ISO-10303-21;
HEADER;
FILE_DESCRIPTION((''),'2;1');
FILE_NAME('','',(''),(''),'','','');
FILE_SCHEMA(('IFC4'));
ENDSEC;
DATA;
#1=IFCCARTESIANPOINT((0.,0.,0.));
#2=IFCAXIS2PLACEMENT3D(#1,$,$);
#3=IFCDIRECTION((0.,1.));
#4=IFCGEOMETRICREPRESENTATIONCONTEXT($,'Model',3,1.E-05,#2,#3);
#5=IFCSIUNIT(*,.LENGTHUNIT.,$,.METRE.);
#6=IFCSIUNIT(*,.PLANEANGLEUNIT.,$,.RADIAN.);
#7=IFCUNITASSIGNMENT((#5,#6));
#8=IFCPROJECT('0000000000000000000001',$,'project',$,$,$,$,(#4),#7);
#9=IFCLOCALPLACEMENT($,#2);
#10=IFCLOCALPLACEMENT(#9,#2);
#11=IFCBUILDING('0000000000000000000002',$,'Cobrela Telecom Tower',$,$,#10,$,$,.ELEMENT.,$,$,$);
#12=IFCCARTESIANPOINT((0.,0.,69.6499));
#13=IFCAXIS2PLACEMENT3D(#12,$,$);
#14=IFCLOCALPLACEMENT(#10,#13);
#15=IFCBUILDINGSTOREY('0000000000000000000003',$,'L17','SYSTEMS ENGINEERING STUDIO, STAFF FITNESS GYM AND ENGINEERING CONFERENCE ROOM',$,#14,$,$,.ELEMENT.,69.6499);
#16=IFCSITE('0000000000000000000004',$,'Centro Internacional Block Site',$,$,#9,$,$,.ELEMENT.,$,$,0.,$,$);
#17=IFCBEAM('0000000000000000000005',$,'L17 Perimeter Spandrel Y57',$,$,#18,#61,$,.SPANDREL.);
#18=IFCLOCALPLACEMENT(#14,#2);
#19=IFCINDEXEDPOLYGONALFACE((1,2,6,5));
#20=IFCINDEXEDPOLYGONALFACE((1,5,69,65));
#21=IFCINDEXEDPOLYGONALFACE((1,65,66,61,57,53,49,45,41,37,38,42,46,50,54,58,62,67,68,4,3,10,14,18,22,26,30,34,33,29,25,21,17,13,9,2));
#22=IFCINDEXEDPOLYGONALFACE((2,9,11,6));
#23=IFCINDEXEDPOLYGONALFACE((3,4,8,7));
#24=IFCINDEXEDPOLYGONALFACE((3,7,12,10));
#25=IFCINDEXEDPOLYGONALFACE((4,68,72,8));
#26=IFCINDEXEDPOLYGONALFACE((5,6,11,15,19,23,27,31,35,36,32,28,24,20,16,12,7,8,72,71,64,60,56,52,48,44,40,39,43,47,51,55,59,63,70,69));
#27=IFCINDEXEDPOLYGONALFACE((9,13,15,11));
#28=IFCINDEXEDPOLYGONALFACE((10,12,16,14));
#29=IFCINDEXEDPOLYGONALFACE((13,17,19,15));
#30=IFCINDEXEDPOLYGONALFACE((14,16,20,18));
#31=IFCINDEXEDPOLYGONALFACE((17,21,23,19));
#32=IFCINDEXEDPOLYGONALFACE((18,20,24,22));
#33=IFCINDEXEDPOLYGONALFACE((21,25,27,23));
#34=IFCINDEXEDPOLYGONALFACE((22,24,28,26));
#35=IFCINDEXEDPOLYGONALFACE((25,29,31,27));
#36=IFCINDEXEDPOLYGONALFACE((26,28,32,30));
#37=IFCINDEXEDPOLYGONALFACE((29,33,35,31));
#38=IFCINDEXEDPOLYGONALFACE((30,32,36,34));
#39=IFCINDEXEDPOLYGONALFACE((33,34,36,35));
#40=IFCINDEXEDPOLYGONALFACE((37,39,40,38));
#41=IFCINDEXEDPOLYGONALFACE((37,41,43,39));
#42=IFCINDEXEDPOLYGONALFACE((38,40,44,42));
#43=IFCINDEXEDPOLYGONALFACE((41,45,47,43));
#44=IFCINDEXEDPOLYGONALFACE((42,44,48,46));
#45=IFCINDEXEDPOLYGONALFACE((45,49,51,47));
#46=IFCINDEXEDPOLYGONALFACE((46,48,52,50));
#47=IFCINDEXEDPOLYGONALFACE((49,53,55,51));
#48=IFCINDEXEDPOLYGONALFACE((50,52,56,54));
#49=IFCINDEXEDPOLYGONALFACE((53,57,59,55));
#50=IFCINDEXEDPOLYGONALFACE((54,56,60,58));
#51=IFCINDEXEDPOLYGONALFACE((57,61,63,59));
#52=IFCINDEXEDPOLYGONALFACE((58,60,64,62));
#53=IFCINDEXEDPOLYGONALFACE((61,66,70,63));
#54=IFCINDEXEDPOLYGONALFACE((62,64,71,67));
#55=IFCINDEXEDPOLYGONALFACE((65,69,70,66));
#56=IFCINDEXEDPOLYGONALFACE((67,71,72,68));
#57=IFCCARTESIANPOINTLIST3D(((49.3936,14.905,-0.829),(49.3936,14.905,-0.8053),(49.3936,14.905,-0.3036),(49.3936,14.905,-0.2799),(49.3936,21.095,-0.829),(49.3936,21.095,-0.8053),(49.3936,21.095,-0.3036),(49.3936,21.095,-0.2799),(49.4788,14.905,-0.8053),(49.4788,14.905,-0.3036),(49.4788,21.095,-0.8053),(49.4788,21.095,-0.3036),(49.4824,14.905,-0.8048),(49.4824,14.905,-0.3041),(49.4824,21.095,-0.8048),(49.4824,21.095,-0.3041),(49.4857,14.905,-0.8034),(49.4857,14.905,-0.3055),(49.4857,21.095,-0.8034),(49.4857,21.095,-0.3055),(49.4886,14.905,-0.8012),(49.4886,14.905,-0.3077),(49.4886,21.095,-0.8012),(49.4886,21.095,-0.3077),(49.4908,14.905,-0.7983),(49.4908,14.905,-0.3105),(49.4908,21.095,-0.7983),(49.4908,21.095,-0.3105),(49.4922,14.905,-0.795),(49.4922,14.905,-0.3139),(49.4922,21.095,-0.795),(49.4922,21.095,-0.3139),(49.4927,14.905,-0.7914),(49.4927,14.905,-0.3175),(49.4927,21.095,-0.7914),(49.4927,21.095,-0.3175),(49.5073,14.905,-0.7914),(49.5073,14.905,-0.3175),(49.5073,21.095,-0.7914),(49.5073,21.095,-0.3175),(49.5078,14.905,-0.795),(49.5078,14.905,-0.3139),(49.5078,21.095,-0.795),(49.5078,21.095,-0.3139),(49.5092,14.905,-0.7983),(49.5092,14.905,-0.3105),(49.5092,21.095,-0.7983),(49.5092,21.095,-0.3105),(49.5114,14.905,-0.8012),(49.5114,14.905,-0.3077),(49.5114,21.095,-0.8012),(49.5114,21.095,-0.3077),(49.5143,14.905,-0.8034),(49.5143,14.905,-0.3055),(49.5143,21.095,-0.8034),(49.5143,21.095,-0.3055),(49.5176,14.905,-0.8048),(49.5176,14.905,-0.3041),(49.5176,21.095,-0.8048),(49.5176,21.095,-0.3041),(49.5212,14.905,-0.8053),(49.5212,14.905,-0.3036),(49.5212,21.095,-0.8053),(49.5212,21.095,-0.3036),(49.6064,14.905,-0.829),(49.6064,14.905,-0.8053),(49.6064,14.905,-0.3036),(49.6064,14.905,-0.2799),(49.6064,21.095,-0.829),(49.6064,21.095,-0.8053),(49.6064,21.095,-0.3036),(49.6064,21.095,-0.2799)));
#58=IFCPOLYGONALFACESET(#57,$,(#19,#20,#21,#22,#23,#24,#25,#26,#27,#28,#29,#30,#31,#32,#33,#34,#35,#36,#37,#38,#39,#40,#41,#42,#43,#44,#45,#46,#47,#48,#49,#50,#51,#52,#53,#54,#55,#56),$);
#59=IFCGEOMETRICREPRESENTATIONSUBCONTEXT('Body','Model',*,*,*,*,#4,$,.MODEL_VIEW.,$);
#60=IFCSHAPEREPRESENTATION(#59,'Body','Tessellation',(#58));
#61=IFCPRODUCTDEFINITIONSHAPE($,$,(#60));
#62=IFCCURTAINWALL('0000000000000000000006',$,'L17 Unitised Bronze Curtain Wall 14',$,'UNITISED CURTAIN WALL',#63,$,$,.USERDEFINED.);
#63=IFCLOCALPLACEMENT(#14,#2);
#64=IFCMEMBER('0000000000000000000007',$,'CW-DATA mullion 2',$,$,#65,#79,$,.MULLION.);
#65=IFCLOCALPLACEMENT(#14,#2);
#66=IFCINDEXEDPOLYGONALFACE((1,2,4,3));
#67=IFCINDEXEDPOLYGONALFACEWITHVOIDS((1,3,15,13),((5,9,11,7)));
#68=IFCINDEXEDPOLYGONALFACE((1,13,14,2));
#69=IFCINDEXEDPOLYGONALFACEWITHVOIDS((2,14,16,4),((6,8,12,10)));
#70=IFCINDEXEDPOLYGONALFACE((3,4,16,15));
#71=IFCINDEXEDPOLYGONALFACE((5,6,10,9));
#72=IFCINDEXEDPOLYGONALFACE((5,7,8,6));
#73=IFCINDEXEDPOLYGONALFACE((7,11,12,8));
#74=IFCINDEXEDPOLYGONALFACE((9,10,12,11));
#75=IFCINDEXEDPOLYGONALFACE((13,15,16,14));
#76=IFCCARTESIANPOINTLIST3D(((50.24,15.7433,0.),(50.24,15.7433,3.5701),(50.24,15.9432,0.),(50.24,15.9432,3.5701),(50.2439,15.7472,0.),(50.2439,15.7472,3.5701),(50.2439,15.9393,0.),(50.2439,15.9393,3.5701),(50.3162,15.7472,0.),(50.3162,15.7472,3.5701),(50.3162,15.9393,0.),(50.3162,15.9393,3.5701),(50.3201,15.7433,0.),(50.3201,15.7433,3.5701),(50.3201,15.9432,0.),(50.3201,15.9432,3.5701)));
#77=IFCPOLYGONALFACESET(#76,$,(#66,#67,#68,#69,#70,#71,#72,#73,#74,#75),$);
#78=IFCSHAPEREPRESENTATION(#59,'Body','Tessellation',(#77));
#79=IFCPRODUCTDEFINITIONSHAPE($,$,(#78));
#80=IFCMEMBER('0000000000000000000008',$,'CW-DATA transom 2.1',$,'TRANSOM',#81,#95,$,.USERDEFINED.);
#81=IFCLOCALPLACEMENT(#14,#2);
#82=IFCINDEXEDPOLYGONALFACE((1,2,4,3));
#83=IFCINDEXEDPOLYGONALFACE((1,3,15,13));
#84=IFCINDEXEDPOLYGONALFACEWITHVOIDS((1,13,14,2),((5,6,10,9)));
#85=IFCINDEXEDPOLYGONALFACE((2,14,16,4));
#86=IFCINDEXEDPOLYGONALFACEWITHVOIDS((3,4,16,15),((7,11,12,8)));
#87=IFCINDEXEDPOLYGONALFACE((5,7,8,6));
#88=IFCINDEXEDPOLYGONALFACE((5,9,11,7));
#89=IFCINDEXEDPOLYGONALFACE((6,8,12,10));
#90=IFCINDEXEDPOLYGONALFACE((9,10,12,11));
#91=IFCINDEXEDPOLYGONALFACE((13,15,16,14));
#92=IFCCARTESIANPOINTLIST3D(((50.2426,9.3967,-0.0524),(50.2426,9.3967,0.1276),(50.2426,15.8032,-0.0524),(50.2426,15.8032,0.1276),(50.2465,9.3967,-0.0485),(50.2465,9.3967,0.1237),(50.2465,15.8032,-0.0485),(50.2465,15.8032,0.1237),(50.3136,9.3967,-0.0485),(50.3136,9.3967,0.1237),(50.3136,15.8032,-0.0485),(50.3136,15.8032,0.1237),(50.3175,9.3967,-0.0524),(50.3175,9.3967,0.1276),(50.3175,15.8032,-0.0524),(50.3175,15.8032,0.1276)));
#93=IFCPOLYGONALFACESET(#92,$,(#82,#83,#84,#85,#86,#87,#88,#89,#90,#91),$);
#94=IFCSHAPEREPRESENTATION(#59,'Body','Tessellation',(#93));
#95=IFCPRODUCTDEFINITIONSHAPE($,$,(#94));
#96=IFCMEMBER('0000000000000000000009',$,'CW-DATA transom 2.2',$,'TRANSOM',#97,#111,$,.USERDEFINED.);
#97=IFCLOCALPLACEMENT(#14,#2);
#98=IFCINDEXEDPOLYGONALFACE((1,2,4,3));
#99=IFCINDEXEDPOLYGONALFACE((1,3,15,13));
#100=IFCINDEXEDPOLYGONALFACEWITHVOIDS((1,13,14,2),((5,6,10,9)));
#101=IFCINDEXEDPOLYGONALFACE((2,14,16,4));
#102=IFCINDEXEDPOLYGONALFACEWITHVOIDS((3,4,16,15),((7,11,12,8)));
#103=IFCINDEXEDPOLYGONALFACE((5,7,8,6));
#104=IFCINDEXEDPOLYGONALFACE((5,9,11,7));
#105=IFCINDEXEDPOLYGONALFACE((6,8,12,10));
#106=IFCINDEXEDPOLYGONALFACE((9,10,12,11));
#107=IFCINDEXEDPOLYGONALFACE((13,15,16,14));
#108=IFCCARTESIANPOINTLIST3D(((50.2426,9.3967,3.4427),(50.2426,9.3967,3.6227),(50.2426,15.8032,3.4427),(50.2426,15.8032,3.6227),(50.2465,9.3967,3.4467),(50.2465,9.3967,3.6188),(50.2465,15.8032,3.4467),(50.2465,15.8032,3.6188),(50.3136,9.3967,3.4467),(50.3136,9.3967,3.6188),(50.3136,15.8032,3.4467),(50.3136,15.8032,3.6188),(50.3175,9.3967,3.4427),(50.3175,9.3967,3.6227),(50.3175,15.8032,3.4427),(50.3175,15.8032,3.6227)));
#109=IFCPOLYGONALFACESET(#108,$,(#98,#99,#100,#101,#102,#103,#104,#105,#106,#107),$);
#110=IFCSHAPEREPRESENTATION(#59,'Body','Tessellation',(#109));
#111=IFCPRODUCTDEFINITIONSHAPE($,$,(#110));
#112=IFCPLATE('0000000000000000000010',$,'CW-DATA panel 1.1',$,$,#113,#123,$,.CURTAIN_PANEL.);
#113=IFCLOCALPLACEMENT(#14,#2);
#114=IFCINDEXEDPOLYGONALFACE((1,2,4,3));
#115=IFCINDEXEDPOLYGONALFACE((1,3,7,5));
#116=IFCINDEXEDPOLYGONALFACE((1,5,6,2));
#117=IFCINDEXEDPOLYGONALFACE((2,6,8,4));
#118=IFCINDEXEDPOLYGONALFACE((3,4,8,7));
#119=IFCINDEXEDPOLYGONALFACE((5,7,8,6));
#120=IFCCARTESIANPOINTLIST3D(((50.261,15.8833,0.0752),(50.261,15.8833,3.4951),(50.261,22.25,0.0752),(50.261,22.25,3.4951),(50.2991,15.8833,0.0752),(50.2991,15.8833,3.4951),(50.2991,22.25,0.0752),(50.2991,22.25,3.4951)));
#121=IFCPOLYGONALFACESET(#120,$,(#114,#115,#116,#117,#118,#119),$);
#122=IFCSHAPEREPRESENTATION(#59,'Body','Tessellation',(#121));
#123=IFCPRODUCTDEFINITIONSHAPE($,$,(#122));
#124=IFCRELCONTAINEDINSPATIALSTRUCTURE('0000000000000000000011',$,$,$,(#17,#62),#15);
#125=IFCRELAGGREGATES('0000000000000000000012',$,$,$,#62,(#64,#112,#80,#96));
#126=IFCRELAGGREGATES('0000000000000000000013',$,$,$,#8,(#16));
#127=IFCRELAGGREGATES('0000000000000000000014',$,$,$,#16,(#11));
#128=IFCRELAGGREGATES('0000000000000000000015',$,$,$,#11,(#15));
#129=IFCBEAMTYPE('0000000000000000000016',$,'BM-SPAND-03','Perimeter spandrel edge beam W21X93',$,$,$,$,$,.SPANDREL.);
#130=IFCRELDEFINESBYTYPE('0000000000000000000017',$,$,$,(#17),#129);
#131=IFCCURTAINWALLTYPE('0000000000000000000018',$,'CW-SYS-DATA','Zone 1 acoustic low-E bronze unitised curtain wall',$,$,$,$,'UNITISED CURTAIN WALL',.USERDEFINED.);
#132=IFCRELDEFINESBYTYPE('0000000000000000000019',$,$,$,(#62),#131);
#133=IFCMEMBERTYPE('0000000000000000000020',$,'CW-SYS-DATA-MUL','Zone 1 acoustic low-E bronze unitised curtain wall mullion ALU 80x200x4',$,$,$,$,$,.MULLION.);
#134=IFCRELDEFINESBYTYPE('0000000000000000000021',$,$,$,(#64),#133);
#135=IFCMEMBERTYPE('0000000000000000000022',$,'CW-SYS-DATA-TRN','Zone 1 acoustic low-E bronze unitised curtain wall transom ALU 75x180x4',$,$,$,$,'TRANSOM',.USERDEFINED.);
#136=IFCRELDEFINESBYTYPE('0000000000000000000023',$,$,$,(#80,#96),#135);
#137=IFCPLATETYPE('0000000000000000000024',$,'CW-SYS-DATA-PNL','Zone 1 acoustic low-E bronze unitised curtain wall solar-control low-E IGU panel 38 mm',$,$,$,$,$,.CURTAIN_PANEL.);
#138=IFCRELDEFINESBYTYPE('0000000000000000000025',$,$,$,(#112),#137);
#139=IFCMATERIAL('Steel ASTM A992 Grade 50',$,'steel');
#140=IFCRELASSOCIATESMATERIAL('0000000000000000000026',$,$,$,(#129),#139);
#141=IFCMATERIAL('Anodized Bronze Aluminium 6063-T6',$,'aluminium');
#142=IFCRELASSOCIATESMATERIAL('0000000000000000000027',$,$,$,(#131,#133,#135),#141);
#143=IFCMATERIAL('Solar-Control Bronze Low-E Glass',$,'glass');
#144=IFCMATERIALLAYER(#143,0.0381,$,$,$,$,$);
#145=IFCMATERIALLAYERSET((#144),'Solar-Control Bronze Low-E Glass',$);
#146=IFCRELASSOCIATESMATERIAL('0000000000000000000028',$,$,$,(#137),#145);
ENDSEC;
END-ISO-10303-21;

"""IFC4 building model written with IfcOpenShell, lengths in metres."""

from ifc_helpers import new_model, si_unit, direction, frame, origin, origin_2d, place, context, subcontext, project, spatial, rectangle, hollow_rectangle, i_section, extrude, material, layer, layer_set, material_profile, profile_set, type_object, element, aggregate, save


model = new_model("IFC4")

# Units and contexts
model_context = context("Model", 3, precision=1e-05, world=origin(), true_north=direction((0.0, 1.0)))
body_context = subcontext(model_context, "Body", "Model", "MODEL_VIEW")
ifc_project = project(units=[si_unit("LENGTHUNIT", "METRE"), si_unit("PLANEANGLEUNIT", "RADIAN")], contexts=[model_context])

# Site, building, storey
site_placement = place(None, origin())
site = spatial("IfcSite", under=ifc_project, at=site_placement, Name="Centro Internacional Block Site", CompositionType="ELEMENT", RefElevation=0.0)
building_placement = place(site_placement, origin())
building = spatial("IfcBuilding", under=site, at=building_placement, Name="Cobrela Telecom Tower", CompositionType="ELEMENT")
storey_placement = place(building_placement, frame((0.0, 0.0, 69.6499)))
storey = spatial("IfcBuildingStorey", under=building, at=storey_placement, Name="L17", Description="SYSTEMS ENGINEERING STUDIO, STAFF FITNESS GYM AND ENGINEERING CONFERENCE ROOM", CompositionType="ELEMENT", Elevation=69.6499)

# Shared definitions
ifc_material_1 = material(Name="Steel ASTM A992 Grade 50", Category="steel")

# Beam
ifc_material_profile_1 = material_profile(ifc_material_1, i_section(OverallWidth=0.2129, OverallDepth=0.5491, WebThickness=0.0146, FlangeThickness=0.0237, FilletRadius=0.0139, at=origin_2d()), Name="W21X93")
ifc_profile_set_1 = profile_set([ifc_material_profile_1], Name="Steel ASTM A992 Grade 50")
beam_type_1 = type_object("IfcBeamType", Name="BM-SPAND-03", Description="Perimeter spandrel edge beam W21X93", PredefinedType="SPANDREL", material=ifc_profile_set_1)
beam_placement = place(storey_placement, frame((49.5, 14.905, -0.5544), z_axis=(0.0, 1.0, 0.0), x_axis=(-1.0, 0.0, 0.0)))
element("IfcBeam", 1, at=beam_placement, inside=storey, type_object=beam_type_1, Name="L17 Perimeter Spandrel Y57", PredefinedType="SPANDREL", context=body_context, shape_type="SweptSolid", body=[
    extrude(i_section(OverallWidth=0.2129, OverallDepth=0.5491, WebThickness=0.0146, FlangeThickness=0.0237, FilletRadius=0.0139, at=origin_2d()), origin(), (0.0, 0.0, 1.0), 6.1899),
])

# Curtain wall, members, plate
ifc_material_2 = material(Name="Anodized Bronze Aluminium 6063-T6", Category="aluminium")
curtain_wall_type = type_object("IfcCurtainWallType", Name="CW-SYS-DATA", Description="Zone 1 acoustic low-E bronze unitised curtain wall", ElementType="UNITISED CURTAIN WALL", PredefinedType="USERDEFINED", material=ifc_material_2)
curtain_wall_placement = place(storey_placement, origin())
curtain_wall = element("IfcCurtainWall", 2, at=curtain_wall_placement, inside=storey, type_object=curtain_wall_type, Name="L17 Unitised Bronze Curtain Wall 14", ObjectType="UNITISED CURTAIN WALL", PredefinedType="USERDEFINED")
ifc_material_profile_2 = material_profile(ifc_material_2, hollow_rectangle(XDim=0.0801, YDim=0.2, WallThickness=0.0039, at=origin_2d()), Name="ALU 80x200x4")
ifc_profile_set_2 = profile_set([ifc_material_profile_2], Name="Anodized Bronze Aluminium 6063-T6")
member_type_1 = type_object("IfcMemberType", Name="CW-SYS-DATA-MUL", Description="Zone 1 acoustic low-E bronze unitised curtain wall mullion ALU 80x200x4", PredefinedType="MULLION", material=ifc_profile_set_2)
member_1_placement = place(storey_placement, frame((50.28, 15.8433, 0.0), z_axis=(0.0, 0.0, 1.0), x_axis=(1.0, 0.0, 0.0)))
member_1 = element("IfcMember", 3, at=member_1_placement, type_object=member_type_1, Name="CW-DATA mullion 2", PredefinedType="MULLION", context=body_context, shape_type="SweptSolid", body=[
    extrude(hollow_rectangle(XDim=0.0801, YDim=0.2, WallThickness=0.0039, at=origin_2d()), origin(), (0.0, 0.0, 1.0), 3.5701),
])
ifc_material_profile_3 = material_profile(ifc_material_2, hollow_rectangle(XDim=0.075, YDim=0.1799, WallThickness=0.0039, at=origin_2d()), Name="ALU 75x180x4")
ifc_profile_set_3 = profile_set([ifc_material_profile_3], Name="Anodized Bronze Aluminium 6063-T6")
member_type_2 = type_object("IfcMemberType", Name="CW-SYS-DATA-TRN", Description="Zone 1 acoustic low-E bronze unitised curtain wall transom ALU 75x180x4", ElementType="TRANSOM", PredefinedType="USERDEFINED", material=ifc_profile_set_3)
member_2_placement = place(storey_placement, frame((50.28, 15.8032, 0.0376), z_axis=(0.0, -1.0, 0.0), x_axis=(1.0, 0.0, 0.0)))
member_2 = element("IfcMember", 4, at=member_2_placement, type_object=member_type_2, Name="CW-DATA transom 2.1", ObjectType="TRANSOM", PredefinedType="USERDEFINED", context=body_context, shape_type="SweptSolid", body=[
    extrude(hollow_rectangle(XDim=0.075, YDim=0.1799, WallThickness=0.0039, at=origin_2d()), origin(), (0.0, 0.0, 1.0), 6.4065),
])
member_3_placement = place(storey_placement, frame((50.28, 15.8032, 3.5327), z_axis=(0.0, -1.0, 0.0), x_axis=(1.0, 0.0, 0.0)))
member_3 = element("IfcMember", 5, at=member_3_placement, type_object=member_type_2, Name="CW-DATA transom 2.2", ObjectType="TRANSOM", PredefinedType="USERDEFINED", context=body_context, shape_type="SweptSolid", body=[
    extrude(hollow_rectangle(XDim=0.075, YDim=0.1799, WallThickness=0.0039, at=origin_2d()), origin(), (0.0, 0.0, 1.0), 6.4065),
])
ifc_material_3 = material(Name="Solar-Control Bronze Low-E Glass", Category="glass")
ifc_layer = layer(ifc_material_3, 0.0381)
ifc_layer_set = layer_set([ifc_layer], Name="Solar-Control Bronze Low-E Glass")
plate_type = type_object("IfcPlateType", Name="CW-SYS-DATA-PNL", Description="Zone 1 acoustic low-E bronze unitised curtain wall solar-control low-E IGU panel 38 mm", PredefinedType="CURTAIN_PANEL", material=ifc_layer_set)
plate_placement = place(storey_placement, frame((50.28, 19.0667, 0.0752), z_axis=(0.0, 0.0, 1.0), x_axis=(0.0, -1.0, 0.0)))
plate = element("IfcPlate", 6, at=plate_placement, type_object=plate_type, Name="CW-DATA panel 1.1", PredefinedType="CURTAIN_PANEL", context=body_context, shape_type="SweptSolid", body=[
    extrude(rectangle(XDim=6.3667, YDim=0.0381, at=origin_2d()), origin(), (0.0, 0.0, 1.0), 3.4199),
])
aggregate(curtain_wall, [member_1, plate, member_2, member_3])

save(model, "model.ifc")
